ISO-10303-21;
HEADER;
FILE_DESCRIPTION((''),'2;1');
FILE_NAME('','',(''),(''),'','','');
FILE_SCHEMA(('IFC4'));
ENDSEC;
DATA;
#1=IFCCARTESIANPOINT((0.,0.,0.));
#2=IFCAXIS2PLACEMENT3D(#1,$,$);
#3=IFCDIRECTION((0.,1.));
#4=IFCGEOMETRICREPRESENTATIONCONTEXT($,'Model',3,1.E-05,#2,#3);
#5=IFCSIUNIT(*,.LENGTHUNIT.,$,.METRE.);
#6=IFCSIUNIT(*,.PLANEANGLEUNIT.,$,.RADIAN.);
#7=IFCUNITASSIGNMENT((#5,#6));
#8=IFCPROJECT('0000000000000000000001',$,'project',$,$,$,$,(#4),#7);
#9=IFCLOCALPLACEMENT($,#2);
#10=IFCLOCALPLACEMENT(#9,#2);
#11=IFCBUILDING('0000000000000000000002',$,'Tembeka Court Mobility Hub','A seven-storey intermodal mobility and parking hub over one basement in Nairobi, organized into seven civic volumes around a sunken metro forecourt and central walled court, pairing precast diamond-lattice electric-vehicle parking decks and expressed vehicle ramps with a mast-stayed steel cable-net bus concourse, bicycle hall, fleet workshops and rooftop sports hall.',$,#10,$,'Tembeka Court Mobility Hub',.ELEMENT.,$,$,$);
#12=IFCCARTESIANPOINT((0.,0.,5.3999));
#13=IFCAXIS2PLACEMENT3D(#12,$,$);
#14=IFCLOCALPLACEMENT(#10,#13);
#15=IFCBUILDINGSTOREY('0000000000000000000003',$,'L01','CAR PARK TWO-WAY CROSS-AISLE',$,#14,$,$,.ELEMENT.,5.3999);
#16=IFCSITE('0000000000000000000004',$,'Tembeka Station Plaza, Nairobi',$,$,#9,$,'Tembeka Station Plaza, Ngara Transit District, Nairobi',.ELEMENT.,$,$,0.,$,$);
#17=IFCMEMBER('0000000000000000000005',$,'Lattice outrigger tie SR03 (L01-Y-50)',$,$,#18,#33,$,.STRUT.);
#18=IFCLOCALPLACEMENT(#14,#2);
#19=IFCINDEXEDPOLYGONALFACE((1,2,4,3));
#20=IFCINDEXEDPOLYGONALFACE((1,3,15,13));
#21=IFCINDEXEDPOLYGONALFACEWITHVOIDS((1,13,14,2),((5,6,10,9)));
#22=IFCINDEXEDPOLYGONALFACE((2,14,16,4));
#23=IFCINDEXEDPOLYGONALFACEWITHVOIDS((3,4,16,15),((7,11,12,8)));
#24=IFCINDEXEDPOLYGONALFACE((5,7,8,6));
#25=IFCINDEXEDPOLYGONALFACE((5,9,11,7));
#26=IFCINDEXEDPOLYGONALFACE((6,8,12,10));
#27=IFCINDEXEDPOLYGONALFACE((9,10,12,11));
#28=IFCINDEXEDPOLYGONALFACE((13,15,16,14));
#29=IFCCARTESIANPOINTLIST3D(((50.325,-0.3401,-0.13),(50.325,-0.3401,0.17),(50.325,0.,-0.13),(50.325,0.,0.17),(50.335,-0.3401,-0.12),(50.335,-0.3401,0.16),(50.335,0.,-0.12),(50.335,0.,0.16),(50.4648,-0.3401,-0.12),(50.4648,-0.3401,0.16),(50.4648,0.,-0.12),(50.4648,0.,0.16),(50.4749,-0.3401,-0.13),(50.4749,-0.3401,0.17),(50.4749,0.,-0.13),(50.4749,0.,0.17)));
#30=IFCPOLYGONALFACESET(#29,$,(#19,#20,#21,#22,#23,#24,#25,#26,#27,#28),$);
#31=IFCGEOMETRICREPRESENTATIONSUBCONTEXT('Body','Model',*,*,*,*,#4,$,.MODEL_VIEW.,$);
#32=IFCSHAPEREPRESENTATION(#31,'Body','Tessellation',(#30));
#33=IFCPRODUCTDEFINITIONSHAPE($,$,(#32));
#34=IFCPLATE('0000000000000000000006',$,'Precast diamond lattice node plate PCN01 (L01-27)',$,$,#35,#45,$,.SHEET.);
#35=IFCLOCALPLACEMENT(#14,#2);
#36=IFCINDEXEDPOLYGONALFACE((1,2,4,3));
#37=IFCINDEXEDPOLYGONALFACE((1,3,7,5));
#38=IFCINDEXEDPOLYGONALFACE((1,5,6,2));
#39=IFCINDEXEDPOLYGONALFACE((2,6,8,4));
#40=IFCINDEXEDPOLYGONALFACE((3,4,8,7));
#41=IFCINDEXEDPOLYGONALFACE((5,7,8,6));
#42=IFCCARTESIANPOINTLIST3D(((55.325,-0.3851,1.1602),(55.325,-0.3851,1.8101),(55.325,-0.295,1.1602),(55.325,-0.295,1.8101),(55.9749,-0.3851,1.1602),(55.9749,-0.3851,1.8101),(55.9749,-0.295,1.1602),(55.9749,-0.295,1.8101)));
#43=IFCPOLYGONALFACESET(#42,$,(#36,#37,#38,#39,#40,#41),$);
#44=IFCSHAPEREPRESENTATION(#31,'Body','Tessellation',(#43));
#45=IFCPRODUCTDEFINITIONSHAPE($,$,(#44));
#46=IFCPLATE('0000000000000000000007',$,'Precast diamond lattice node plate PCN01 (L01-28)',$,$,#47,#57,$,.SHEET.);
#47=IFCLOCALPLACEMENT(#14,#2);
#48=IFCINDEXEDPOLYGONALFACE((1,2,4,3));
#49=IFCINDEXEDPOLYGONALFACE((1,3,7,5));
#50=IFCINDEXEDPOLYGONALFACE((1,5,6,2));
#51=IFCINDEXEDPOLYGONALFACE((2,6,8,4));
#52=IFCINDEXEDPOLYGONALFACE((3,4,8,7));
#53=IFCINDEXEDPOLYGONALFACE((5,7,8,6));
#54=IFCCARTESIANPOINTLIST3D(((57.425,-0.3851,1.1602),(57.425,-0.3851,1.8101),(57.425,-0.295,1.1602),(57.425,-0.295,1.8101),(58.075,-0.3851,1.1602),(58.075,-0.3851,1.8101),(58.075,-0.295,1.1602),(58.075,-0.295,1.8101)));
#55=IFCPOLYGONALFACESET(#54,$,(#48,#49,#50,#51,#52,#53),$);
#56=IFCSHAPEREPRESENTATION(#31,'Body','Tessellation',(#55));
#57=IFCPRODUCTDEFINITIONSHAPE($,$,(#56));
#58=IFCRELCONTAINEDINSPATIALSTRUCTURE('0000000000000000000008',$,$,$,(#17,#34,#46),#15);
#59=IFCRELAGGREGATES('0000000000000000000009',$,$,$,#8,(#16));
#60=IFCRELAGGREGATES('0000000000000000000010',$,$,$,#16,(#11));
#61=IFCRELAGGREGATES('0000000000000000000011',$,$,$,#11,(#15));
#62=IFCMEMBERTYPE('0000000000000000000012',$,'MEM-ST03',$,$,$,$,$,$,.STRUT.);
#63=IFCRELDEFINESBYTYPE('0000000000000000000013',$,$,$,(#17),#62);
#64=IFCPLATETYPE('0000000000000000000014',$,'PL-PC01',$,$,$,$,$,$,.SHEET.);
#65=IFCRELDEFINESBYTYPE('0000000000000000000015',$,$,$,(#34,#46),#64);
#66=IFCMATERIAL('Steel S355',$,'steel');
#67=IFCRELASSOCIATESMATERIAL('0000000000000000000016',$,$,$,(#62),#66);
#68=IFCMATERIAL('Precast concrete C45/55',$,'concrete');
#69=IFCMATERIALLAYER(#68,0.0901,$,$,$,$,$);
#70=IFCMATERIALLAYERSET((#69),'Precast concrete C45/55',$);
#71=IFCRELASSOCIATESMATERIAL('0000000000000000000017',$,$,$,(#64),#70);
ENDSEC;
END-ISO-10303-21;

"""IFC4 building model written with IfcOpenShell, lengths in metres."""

from ifc_helpers import new_model, si_unit, direction, frame, origin, origin_2d, place, context, subcontext, project, spatial, rectangle, hollow_rectangle, extrude, material, layer, layer_set, material_profile, profile_set, type_object, element, save


model = new_model("IFC4")

# Units and contexts
model_context = context("Model", 3, precision=1e-05, world=origin(), true_north=direction((0.0, 1.0)))
body_context = subcontext(model_context, "Body", "Model", "MODEL_VIEW")
ifc_project = project(units=[si_unit("LENGTHUNIT", "METRE"), si_unit("PLANEANGLEUNIT", "RADIAN")], contexts=[model_context])

# Site, building, storey
site_placement = place(None, origin())
site = spatial("IfcSite", under=ifc_project, at=site_placement, Name="Tembeka Station Plaza, Nairobi", LongName="Tembeka Station Plaza, Ngara Transit District, Nairobi", CompositionType="ELEMENT", RefElevation=0.0)
building_placement = place(site_placement, origin())
building = spatial("IfcBuilding", under=site, at=building_placement, Name="Tembeka Court Mobility Hub", Description="A seven-storey intermodal mobility and parking hub over one basement in Nairobi, organized into seven civic volumes around a sunken metro forecourt and central walled court, pairing precast diamond-lattice electric-vehicle parking decks and expressed vehicle ramps with a mast-stayed steel cable-net bus concourse, bicycle hall, fleet workshops and rooftop sports hall.", LongName="Tembeka Court Mobility Hub", CompositionType="ELEMENT")
storey_placement = place(building_placement, frame((0.0, 0.0, 5.3999)))
storey = spatial("IfcBuildingStorey", under=building, at=storey_placement, Name="L01", Description="CAR PARK TWO-WAY CROSS-AISLE", CompositionType="ELEMENT", Elevation=5.3999)

# Shared definitions
ifc_material_1 = material(Name="Steel S355", Category="steel")

# Shared definitions
ifc_material_2 = material(Name="Precast concrete C45/55", Category="concrete")

# Member
ifc_material_profile_1 = material_profile(ifc_material_1, hollow_rectangle(XDim=0.1499, YDim=0.3, WallThickness=0.01, at=origin_2d()), Name="RHS 300x150x10")
ifc_profile_set_1 = profile_set([ifc_material_profile_1], Name="Steel S355")
member_type_1 = type_object("IfcMemberType", Name="MEM-ST03", PredefinedType="STRUT", material=ifc_profile_set_1)
member_1_placement = place(storey_placement, frame((50.3999, 0.0, 0.02), z_axis=(0.0, -1.0, 0.0), x_axis=(1.0, 0.0, 0.0)))
element("IfcMember", 1, at=member_1_placement, inside=storey, type_object=member_type_1, Name="Lattice outrigger tie SR03 (L01-Y-50)", PredefinedType="STRUT", context=body_context, shape_type="SweptSolid", body=[
    extrude(hollow_rectangle(XDim=0.1499, YDim=0.3, WallThickness=0.01, at=origin_2d()), origin(), (0.0, 0.0, 1.0), 0.3401),
])

# Plates
ifc_layer = layer(ifc_material_2, 0.0901)
ifc_layer_set = layer_set([ifc_layer], Name="Precast concrete C45/55")
plate_type = type_object("IfcPlateType", Name="PL-PC01", PredefinedType="SHEET", material=ifc_layer_set)
for number, where, z_axis, x_axis, name in (
    (2, (55.6499, -0.3401, 1.1602), (0.0, 0.0, 1.0), (1.0, 0.0, 0.0), "Precast diamond lattice node plate PCN01 (L01-27)"),
    (3, (57.75, -0.3401, 1.1602), (0.0, 0.0, 1.0), (1.0, 0.0, 0.0), "Precast diamond lattice node plate PCN01 (L01-28)"),
):
    element("IfcPlate", number, at=place(storey_placement, frame(where, z_axis=z_axis, x_axis=x_axis)), inside=storey, type_object=plate_type, Name=name, PredefinedType="SHEET", context=body_context, shape_type="SweptSolid", body=[
        extrude(rectangle(XDim=0.6499, YDim=0.0901, at=origin_2d()), origin(), (0.0, 0.0, 1.0), 0.6499),
    ])

save(model, "model.ifc")
